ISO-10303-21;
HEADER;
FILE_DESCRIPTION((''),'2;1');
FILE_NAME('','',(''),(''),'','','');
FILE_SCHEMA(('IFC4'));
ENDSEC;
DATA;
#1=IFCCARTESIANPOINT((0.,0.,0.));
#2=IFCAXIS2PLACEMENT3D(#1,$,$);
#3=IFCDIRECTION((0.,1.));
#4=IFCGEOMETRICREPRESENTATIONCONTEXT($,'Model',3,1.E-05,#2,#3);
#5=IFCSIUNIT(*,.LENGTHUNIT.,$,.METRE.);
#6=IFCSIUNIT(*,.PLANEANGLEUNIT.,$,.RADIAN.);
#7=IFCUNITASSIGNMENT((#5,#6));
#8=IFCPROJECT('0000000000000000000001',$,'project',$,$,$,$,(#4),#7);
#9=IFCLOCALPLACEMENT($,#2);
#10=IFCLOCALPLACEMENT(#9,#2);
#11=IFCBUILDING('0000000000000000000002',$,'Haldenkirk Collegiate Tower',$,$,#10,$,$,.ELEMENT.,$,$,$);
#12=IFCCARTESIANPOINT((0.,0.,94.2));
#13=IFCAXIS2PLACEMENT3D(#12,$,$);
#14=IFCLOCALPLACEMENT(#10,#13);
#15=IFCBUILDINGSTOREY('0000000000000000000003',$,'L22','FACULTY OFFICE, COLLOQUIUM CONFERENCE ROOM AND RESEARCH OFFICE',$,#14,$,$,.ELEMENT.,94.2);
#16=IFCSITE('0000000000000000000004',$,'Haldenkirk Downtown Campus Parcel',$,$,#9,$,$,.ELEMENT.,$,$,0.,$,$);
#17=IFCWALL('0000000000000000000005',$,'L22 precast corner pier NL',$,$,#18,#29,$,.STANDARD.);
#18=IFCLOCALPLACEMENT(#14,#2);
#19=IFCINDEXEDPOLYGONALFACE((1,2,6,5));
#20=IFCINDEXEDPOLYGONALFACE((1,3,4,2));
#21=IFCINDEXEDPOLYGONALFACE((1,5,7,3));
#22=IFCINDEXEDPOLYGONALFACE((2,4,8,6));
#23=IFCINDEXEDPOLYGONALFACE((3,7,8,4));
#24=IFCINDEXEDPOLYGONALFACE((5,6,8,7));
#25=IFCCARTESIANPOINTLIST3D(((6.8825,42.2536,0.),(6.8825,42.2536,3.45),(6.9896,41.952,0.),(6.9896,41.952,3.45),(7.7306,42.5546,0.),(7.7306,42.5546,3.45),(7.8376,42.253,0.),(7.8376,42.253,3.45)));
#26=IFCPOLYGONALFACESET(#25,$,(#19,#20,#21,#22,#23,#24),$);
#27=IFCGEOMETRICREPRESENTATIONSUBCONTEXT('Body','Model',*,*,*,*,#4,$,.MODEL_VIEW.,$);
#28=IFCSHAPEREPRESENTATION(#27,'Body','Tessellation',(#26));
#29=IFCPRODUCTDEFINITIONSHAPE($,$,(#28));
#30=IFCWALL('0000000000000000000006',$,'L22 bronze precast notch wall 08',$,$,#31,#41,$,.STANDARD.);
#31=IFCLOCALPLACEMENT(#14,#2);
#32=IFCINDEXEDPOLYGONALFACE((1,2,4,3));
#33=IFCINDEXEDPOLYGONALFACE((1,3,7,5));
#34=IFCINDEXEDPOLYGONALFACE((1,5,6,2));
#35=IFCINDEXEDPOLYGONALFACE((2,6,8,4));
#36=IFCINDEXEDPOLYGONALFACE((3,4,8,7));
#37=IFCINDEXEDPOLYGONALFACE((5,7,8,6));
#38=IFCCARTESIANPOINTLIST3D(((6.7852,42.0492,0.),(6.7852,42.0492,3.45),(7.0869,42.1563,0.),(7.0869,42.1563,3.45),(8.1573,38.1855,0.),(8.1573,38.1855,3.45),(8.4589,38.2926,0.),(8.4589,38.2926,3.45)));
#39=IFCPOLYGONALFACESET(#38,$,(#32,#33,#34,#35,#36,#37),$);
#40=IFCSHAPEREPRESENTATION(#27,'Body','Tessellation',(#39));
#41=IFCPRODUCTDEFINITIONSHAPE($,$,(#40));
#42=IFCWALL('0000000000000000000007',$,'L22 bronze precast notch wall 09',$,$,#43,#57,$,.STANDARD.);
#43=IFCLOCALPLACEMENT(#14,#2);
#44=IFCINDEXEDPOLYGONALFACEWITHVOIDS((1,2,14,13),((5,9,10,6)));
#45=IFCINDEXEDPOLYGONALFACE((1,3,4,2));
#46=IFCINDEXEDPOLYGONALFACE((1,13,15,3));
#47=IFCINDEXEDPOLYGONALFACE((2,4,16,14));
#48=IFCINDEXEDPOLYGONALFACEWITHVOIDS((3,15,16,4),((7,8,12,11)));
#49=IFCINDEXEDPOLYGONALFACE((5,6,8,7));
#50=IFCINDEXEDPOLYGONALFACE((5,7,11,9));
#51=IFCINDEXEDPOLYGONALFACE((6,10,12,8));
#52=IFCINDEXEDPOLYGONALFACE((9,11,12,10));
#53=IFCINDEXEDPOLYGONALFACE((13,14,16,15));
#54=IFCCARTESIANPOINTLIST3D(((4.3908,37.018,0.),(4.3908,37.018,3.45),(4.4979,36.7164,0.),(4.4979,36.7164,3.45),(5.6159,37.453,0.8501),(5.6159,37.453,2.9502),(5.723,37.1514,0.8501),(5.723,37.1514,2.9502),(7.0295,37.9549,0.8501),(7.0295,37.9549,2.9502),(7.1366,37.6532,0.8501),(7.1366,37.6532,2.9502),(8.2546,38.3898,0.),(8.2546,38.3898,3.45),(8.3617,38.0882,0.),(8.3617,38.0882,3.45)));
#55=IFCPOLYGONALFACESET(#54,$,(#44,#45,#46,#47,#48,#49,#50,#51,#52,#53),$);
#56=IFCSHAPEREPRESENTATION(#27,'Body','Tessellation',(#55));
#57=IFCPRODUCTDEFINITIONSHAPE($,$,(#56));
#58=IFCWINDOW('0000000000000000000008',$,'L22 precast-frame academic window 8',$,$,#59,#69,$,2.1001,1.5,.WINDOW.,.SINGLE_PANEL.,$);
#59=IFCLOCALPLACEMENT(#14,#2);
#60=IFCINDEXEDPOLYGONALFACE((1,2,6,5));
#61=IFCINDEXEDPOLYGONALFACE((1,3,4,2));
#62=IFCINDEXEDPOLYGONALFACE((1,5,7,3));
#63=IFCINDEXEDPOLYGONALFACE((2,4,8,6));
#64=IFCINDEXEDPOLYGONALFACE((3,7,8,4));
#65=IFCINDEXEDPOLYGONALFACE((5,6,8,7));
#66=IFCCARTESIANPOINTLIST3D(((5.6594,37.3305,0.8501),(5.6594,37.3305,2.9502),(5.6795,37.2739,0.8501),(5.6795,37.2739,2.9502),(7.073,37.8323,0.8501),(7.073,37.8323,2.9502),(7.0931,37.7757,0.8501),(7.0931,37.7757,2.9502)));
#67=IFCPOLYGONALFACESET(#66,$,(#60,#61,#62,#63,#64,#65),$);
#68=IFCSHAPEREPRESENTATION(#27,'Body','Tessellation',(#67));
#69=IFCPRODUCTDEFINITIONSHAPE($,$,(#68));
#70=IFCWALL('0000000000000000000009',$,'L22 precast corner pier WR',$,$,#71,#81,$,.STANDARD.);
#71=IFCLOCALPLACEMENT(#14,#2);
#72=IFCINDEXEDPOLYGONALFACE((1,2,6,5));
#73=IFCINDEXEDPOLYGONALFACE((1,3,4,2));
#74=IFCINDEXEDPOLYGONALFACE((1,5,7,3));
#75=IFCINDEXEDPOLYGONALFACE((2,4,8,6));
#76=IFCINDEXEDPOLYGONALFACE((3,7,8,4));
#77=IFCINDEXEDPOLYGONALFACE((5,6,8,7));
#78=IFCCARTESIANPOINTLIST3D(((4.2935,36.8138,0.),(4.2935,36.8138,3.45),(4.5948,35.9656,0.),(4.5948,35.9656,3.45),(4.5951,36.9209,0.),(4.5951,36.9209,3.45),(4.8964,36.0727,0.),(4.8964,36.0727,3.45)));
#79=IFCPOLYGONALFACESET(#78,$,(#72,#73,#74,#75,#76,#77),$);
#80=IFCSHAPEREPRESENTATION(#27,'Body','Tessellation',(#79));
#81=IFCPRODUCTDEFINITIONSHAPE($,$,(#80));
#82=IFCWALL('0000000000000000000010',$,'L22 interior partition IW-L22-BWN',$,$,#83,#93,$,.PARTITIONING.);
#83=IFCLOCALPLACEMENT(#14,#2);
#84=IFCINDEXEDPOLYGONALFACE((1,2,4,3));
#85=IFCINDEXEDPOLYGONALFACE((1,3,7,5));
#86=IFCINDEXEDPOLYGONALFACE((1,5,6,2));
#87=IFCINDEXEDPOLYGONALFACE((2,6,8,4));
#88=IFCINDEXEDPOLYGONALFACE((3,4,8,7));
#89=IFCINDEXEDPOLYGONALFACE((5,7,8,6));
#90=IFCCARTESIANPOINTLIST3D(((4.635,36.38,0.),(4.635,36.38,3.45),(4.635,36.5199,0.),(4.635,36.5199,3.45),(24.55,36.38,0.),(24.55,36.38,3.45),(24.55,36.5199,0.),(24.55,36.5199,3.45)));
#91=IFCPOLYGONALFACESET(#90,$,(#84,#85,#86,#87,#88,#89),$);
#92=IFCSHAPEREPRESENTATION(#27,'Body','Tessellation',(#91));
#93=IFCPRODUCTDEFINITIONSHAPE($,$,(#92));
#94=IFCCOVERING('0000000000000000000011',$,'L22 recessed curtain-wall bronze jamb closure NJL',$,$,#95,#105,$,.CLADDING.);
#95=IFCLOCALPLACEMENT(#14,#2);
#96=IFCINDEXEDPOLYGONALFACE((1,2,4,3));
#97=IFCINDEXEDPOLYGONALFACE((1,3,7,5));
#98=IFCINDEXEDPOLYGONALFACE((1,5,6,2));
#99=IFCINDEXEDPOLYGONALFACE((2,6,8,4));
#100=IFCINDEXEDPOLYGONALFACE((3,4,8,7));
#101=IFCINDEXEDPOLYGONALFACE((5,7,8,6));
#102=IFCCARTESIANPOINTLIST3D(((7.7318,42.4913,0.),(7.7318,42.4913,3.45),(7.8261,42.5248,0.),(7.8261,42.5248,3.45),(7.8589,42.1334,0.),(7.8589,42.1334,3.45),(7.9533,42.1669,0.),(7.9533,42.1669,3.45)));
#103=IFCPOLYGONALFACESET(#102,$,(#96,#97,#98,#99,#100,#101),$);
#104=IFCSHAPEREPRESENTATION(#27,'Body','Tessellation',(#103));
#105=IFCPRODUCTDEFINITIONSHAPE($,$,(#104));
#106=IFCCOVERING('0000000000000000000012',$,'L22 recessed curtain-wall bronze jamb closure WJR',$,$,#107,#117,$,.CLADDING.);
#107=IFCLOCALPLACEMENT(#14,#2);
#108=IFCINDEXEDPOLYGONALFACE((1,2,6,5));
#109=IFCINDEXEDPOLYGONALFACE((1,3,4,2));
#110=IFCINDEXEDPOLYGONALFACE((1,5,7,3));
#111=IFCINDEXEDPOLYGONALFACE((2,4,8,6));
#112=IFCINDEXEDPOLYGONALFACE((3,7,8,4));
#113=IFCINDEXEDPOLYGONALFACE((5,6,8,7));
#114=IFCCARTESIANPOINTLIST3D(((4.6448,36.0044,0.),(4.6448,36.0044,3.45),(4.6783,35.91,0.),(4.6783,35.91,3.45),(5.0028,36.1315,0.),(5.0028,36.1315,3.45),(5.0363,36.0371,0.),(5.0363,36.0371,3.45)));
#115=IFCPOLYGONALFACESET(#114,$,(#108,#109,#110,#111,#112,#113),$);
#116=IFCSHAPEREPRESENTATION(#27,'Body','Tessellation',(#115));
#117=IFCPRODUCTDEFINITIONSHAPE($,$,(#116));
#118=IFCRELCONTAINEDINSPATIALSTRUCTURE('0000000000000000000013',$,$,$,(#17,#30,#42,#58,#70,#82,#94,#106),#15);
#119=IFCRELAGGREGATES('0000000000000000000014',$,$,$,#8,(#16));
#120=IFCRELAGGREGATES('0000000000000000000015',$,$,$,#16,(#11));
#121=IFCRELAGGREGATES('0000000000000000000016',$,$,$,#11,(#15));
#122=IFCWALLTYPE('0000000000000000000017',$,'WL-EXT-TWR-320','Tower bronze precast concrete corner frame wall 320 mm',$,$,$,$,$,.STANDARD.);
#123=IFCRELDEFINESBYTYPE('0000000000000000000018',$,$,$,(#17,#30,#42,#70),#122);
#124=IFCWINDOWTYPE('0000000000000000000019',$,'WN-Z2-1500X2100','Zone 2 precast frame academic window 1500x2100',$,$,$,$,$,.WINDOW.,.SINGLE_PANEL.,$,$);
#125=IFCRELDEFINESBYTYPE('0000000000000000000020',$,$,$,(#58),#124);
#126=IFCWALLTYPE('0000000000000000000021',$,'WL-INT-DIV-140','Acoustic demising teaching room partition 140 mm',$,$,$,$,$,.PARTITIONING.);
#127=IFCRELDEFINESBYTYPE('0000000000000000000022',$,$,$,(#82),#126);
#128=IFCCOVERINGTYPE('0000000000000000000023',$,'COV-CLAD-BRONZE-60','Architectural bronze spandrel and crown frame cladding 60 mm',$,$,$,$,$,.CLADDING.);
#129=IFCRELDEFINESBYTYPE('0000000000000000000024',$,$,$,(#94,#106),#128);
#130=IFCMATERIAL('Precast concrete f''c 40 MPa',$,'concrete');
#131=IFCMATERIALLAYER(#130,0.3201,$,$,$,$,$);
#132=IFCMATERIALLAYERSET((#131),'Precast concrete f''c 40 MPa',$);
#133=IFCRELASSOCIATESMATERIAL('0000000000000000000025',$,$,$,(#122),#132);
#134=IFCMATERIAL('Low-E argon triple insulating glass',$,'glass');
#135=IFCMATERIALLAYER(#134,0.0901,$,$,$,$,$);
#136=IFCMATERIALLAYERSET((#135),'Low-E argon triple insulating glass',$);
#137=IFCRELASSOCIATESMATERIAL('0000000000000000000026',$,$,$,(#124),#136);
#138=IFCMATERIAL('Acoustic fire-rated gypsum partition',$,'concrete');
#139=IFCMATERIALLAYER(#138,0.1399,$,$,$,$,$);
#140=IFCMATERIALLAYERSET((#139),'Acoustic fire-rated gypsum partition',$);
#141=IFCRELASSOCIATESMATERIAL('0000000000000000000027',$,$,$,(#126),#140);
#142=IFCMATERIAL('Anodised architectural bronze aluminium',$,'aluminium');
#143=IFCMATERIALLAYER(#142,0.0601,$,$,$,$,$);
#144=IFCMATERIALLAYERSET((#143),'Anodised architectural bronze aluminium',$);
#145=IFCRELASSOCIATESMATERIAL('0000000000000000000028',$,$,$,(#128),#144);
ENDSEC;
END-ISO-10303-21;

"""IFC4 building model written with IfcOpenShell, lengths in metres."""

from ifc_helpers import new_model, si_unit, direction, frame, frame_2d, origin, origin_2d, place, context, subcontext, project, spatial, rectangle, extrude, source, transform, mapped, material, layer, layer_set, type_object, element, fill, save


model = new_model("IFC4")

# Units and contexts
model_context = context("Model", 3, precision=1e-05, world=origin(), true_north=direction((0.0, 1.0)))
body_context = subcontext(model_context, "Body", "Model", "MODEL_VIEW")
ifc_project = project(units=[si_unit("LENGTHUNIT", "METRE"), si_unit("PLANEANGLEUNIT", "RADIAN")], contexts=[model_context])

# Site, building, storey
site_placement = place(None, origin())
site = spatial("IfcSite", under=ifc_project, at=site_placement, Name="Haldenkirk Downtown Campus Parcel", CompositionType="ELEMENT", RefElevation=0.0)
building_placement = place(site_placement, origin())
building = spatial("IfcBuilding", under=site, at=building_placement, Name="Haldenkirk Collegiate Tower", CompositionType="ELEMENT")
storey_placement = place(building_placement, frame((0.0, 0.0, 94.2)))
storey = spatial("IfcBuildingStorey", under=building, at=storey_placement, Name="L22", Description="FACULTY OFFICE, COLLOQUIUM CONFERENCE ROOM AND RESEARCH OFFICE", CompositionType="ELEMENT", Elevation=94.2)

# Shared definitions
ifc_material_1 = material(Name="Anodised architectural bronze aluminium", Category="aluminium")

# Shared definitions
ifc_material_2 = material(Name="Low-E argon triple insulating glass", Category="glass")

# Walls
ifc_material_3 = material(Name="Precast concrete f'c 40 MPa", Category="concrete")
ifc_layer_1 = layer(ifc_material_3, 0.3201)
ifc_layer_set_1 = layer_set([ifc_layer_1], Name="Precast concrete f'c 40 MPa")
wall_type_1 = type_object("IfcWallType", Name="WL-EXT-TWR-320", Description="Tower bronze precast concrete corner frame wall 320 mm", PredefinedType="STANDARD", material=ifc_layer_set_1)
wall_1_placement = place(storey_placement, frame((6.936, 42.1028, 0.0), z_axis=(0.0, 0.0, 1.0), x_axis=(0.942403, 0.33448, 0.0)))
element("IfcWall", 1, at=wall_1_placement, inside=storey, type_object=wall_type_1, Name="L22 precast corner pier NL", PredefinedType="STANDARD", context=body_context, shape_type="SweptSolid", body=[
    extrude(rectangle(XDim=0.8999, YDim=0.3201, at=frame_2d((0.45, 0.0))), origin(), (0.0, 0.0, 1.0), 3.45),
])
wall_2_placement = place(storey_placement, frame((8.3081, 38.239, 0.0), z_axis=(0.0, 0.0, 1.0), x_axis=(-0.334638, 0.942347, 0.0)))
element("IfcWall", 2, at=wall_2_placement, inside=storey, type_object=wall_type_1, Name="L22 bronze precast notch wall 08", PredefinedType="STANDARD", context=body_context, shape_type="SweptSolid", body=[
    extrude(rectangle(XDim=4.1001, YDim=0.3201, at=frame_2d((2.05, 0.0))), origin(), (0.0, 0.0, 1.0), 3.45),
])

# Wall, opening, window
wall_3_placement = place(storey_placement, frame((4.4443, 36.8672, 0.0), z_axis=(0.0, 0.0, 1.0), x_axis=(0.942365, 0.334586, 0.0)))
wall_3 = element("IfcWall", 3, at=wall_3_placement, inside=storey, type_object=wall_type_1, Name="L22 bronze precast notch wall 09", PredefinedType="STANDARD", context=body_context, shape_type="SweptSolid", body=[
    extrude(rectangle(XDim=4.1001, YDim=0.3201, at=frame_2d((2.05, 0.0))), origin(), (0.0, 0.0, 1.0), 3.45),
])
opening_placement = place(wall_3_placement, frame((1.3, 0.0, 0.8501)))
opening = element("IfcOpeningElement", 4, at=opening_placement, cuts=wall_3, PredefinedType="OPENING", context=body_context, shape_type="SweptSolid", body=[
    extrude(rectangle(XDim=1.5, YDim=2.1001, at=frame_2d((0.75, 1.05))), frame((0.0, 0.1699, 0.0), z_axis=(0.0, -1.0, 0.0), x_axis=(1.0, 0.0, 0.0)), (0.0, 0.0, 1.0), 0.3401),
])
ifc_layer_2 = layer(ifc_material_2, 0.0901)
ifc_layer_set_2 = layer_set([ifc_layer_2], Name="Low-E argon triple insulating glass")
window_type = type_object("IfcWindowType", Name="WN-Z2-1500X2100", Description="Zone 2 precast frame academic window 1500x2100", PartitioningType="SINGLE_PANEL", PredefinedType="WINDOW", material=ifc_layer_set_2)
window_placement = place(opening_placement, origin())
window = element("IfcWindow", 5, at=window_placement, inside=storey, type_object=window_type, Name="L22 precast-frame academic window 8", OverallHeight=2.1001, OverallWidth=1.5, PartitioningType="SINGLE_PANEL", PredefinedType="WINDOW", context=body_context, shape_type="SweptSolid", body=[
    extrude(rectangle(XDim=1.5, YDim=2.1001, at=frame_2d((0.75, 1.05))), frame((0.0, 0.03, 0.0), z_axis=(0.0, -1.0, 0.0), x_axis=(1.0, 0.0, 0.0)), (0.0, 0.0, 1.0), 0.0601),
])
fill(opening, window)

# Walls
wall_4_placement = place(storey_placement, frame((4.7456, 36.019, 0.0), z_axis=(0.0, 0.0, 1.0), x_axis=(-0.334721, 0.942317, 0.0)))
element("IfcWall", 6, at=wall_4_placement, inside=storey, type_object=wall_type_1, Name="L22 precast corner pier WR", PredefinedType="STANDARD", context=body_context, shape_type="SweptSolid", body=[
    extrude(rectangle(XDim=0.9001, YDim=0.3201, at=frame_2d((0.4502, 0.0))), origin(), (0.0, 0.0, 1.0), 3.45),
])
ifc_material_4 = material(Name="Acoustic fire-rated gypsum partition", Category="concrete")
ifc_layer_3 = layer(ifc_material_4, 0.1399)
ifc_layer_set_3 = layer_set([ifc_layer_3], Name="Acoustic fire-rated gypsum partition")
wall_type_2 = type_object("IfcWallType", Name="WL-INT-DIV-140", Description="Acoustic demising teaching room partition 140 mm", PredefinedType="PARTITIONING", material=ifc_layer_set_3)
wall_5_placement = place(storey_placement, frame((4.635, 36.45, 0.0), z_axis=(0.0, 0.0, 1.0), x_axis=(1.0, 0.0, 0.0)))
element("IfcWall", 7, at=wall_5_placement, inside=storey, type_object=wall_type_2, Name="L22 interior partition IW-L22-BWN", PredefinedType="PARTITIONING", context=body_context, shape_type="SweptSolid", body=[
    extrude(rectangle(XDim=19.915, YDim=0.1399, at=frame_2d((9.9575, 0.0))), origin(), (0.0, 0.0, 1.0), 3.45),
])

# Coverings
ifc_layer_4 = layer(ifc_material_1, 0.0601)
ifc_layer_set_4 = layer_set([ifc_layer_4], Name="Anodised architectural bronze aluminium")
covering_type = type_object("IfcCoveringType", Name="COV-CLAD-BRONZE-60", Description="Architectural bronze spandrel and crown frame cladding 60 mm", PredefinedType="CLADDING", material=ifc_layer_set_4)
shared_shape_1 = source(origin(), body_context, "Body", "SweptSolid", [
    extrude(rectangle(XDim=0.1001, YDim=0.3799, at=origin_2d()), origin(), (0.0, 0.0, 1.0), 3.45),
])
for number, where, z_axis, x_axis, name in (
    (8, (7.8425, 42.3291, 0.0), (0.0, 0.0, 1.0), (0.94235, 0.334629, 0.0), "L22 recessed curtain-wall bronze jamb closure NJL"),
    (9, (4.8406, 36.0208, 0.0), (0.0, 0.0, 1.0), (-0.334629, 0.94235, 0.0), "L22 recessed curtain-wall bronze jamb closure WJR"),
):
    element("IfcCovering", number, at=place(storey_placement, frame(where, z_axis=z_axis, x_axis=x_axis)), inside=storey, type_object=covering_type, Name=name, PredefinedType="CLADDING", context=body_context, shape_type="MappedRepresentation", body=[
        mapped(shared_shape_1, transform((0.0, 0.0, 0.0), x_axis=(1.0, 0.0, 0.0), y_axis=(0.0, 1.0, 0.0), z_axis=(0.0, 0.0, 1.0), scale=1.0)),
    ])

save(model, "model.ifc")
